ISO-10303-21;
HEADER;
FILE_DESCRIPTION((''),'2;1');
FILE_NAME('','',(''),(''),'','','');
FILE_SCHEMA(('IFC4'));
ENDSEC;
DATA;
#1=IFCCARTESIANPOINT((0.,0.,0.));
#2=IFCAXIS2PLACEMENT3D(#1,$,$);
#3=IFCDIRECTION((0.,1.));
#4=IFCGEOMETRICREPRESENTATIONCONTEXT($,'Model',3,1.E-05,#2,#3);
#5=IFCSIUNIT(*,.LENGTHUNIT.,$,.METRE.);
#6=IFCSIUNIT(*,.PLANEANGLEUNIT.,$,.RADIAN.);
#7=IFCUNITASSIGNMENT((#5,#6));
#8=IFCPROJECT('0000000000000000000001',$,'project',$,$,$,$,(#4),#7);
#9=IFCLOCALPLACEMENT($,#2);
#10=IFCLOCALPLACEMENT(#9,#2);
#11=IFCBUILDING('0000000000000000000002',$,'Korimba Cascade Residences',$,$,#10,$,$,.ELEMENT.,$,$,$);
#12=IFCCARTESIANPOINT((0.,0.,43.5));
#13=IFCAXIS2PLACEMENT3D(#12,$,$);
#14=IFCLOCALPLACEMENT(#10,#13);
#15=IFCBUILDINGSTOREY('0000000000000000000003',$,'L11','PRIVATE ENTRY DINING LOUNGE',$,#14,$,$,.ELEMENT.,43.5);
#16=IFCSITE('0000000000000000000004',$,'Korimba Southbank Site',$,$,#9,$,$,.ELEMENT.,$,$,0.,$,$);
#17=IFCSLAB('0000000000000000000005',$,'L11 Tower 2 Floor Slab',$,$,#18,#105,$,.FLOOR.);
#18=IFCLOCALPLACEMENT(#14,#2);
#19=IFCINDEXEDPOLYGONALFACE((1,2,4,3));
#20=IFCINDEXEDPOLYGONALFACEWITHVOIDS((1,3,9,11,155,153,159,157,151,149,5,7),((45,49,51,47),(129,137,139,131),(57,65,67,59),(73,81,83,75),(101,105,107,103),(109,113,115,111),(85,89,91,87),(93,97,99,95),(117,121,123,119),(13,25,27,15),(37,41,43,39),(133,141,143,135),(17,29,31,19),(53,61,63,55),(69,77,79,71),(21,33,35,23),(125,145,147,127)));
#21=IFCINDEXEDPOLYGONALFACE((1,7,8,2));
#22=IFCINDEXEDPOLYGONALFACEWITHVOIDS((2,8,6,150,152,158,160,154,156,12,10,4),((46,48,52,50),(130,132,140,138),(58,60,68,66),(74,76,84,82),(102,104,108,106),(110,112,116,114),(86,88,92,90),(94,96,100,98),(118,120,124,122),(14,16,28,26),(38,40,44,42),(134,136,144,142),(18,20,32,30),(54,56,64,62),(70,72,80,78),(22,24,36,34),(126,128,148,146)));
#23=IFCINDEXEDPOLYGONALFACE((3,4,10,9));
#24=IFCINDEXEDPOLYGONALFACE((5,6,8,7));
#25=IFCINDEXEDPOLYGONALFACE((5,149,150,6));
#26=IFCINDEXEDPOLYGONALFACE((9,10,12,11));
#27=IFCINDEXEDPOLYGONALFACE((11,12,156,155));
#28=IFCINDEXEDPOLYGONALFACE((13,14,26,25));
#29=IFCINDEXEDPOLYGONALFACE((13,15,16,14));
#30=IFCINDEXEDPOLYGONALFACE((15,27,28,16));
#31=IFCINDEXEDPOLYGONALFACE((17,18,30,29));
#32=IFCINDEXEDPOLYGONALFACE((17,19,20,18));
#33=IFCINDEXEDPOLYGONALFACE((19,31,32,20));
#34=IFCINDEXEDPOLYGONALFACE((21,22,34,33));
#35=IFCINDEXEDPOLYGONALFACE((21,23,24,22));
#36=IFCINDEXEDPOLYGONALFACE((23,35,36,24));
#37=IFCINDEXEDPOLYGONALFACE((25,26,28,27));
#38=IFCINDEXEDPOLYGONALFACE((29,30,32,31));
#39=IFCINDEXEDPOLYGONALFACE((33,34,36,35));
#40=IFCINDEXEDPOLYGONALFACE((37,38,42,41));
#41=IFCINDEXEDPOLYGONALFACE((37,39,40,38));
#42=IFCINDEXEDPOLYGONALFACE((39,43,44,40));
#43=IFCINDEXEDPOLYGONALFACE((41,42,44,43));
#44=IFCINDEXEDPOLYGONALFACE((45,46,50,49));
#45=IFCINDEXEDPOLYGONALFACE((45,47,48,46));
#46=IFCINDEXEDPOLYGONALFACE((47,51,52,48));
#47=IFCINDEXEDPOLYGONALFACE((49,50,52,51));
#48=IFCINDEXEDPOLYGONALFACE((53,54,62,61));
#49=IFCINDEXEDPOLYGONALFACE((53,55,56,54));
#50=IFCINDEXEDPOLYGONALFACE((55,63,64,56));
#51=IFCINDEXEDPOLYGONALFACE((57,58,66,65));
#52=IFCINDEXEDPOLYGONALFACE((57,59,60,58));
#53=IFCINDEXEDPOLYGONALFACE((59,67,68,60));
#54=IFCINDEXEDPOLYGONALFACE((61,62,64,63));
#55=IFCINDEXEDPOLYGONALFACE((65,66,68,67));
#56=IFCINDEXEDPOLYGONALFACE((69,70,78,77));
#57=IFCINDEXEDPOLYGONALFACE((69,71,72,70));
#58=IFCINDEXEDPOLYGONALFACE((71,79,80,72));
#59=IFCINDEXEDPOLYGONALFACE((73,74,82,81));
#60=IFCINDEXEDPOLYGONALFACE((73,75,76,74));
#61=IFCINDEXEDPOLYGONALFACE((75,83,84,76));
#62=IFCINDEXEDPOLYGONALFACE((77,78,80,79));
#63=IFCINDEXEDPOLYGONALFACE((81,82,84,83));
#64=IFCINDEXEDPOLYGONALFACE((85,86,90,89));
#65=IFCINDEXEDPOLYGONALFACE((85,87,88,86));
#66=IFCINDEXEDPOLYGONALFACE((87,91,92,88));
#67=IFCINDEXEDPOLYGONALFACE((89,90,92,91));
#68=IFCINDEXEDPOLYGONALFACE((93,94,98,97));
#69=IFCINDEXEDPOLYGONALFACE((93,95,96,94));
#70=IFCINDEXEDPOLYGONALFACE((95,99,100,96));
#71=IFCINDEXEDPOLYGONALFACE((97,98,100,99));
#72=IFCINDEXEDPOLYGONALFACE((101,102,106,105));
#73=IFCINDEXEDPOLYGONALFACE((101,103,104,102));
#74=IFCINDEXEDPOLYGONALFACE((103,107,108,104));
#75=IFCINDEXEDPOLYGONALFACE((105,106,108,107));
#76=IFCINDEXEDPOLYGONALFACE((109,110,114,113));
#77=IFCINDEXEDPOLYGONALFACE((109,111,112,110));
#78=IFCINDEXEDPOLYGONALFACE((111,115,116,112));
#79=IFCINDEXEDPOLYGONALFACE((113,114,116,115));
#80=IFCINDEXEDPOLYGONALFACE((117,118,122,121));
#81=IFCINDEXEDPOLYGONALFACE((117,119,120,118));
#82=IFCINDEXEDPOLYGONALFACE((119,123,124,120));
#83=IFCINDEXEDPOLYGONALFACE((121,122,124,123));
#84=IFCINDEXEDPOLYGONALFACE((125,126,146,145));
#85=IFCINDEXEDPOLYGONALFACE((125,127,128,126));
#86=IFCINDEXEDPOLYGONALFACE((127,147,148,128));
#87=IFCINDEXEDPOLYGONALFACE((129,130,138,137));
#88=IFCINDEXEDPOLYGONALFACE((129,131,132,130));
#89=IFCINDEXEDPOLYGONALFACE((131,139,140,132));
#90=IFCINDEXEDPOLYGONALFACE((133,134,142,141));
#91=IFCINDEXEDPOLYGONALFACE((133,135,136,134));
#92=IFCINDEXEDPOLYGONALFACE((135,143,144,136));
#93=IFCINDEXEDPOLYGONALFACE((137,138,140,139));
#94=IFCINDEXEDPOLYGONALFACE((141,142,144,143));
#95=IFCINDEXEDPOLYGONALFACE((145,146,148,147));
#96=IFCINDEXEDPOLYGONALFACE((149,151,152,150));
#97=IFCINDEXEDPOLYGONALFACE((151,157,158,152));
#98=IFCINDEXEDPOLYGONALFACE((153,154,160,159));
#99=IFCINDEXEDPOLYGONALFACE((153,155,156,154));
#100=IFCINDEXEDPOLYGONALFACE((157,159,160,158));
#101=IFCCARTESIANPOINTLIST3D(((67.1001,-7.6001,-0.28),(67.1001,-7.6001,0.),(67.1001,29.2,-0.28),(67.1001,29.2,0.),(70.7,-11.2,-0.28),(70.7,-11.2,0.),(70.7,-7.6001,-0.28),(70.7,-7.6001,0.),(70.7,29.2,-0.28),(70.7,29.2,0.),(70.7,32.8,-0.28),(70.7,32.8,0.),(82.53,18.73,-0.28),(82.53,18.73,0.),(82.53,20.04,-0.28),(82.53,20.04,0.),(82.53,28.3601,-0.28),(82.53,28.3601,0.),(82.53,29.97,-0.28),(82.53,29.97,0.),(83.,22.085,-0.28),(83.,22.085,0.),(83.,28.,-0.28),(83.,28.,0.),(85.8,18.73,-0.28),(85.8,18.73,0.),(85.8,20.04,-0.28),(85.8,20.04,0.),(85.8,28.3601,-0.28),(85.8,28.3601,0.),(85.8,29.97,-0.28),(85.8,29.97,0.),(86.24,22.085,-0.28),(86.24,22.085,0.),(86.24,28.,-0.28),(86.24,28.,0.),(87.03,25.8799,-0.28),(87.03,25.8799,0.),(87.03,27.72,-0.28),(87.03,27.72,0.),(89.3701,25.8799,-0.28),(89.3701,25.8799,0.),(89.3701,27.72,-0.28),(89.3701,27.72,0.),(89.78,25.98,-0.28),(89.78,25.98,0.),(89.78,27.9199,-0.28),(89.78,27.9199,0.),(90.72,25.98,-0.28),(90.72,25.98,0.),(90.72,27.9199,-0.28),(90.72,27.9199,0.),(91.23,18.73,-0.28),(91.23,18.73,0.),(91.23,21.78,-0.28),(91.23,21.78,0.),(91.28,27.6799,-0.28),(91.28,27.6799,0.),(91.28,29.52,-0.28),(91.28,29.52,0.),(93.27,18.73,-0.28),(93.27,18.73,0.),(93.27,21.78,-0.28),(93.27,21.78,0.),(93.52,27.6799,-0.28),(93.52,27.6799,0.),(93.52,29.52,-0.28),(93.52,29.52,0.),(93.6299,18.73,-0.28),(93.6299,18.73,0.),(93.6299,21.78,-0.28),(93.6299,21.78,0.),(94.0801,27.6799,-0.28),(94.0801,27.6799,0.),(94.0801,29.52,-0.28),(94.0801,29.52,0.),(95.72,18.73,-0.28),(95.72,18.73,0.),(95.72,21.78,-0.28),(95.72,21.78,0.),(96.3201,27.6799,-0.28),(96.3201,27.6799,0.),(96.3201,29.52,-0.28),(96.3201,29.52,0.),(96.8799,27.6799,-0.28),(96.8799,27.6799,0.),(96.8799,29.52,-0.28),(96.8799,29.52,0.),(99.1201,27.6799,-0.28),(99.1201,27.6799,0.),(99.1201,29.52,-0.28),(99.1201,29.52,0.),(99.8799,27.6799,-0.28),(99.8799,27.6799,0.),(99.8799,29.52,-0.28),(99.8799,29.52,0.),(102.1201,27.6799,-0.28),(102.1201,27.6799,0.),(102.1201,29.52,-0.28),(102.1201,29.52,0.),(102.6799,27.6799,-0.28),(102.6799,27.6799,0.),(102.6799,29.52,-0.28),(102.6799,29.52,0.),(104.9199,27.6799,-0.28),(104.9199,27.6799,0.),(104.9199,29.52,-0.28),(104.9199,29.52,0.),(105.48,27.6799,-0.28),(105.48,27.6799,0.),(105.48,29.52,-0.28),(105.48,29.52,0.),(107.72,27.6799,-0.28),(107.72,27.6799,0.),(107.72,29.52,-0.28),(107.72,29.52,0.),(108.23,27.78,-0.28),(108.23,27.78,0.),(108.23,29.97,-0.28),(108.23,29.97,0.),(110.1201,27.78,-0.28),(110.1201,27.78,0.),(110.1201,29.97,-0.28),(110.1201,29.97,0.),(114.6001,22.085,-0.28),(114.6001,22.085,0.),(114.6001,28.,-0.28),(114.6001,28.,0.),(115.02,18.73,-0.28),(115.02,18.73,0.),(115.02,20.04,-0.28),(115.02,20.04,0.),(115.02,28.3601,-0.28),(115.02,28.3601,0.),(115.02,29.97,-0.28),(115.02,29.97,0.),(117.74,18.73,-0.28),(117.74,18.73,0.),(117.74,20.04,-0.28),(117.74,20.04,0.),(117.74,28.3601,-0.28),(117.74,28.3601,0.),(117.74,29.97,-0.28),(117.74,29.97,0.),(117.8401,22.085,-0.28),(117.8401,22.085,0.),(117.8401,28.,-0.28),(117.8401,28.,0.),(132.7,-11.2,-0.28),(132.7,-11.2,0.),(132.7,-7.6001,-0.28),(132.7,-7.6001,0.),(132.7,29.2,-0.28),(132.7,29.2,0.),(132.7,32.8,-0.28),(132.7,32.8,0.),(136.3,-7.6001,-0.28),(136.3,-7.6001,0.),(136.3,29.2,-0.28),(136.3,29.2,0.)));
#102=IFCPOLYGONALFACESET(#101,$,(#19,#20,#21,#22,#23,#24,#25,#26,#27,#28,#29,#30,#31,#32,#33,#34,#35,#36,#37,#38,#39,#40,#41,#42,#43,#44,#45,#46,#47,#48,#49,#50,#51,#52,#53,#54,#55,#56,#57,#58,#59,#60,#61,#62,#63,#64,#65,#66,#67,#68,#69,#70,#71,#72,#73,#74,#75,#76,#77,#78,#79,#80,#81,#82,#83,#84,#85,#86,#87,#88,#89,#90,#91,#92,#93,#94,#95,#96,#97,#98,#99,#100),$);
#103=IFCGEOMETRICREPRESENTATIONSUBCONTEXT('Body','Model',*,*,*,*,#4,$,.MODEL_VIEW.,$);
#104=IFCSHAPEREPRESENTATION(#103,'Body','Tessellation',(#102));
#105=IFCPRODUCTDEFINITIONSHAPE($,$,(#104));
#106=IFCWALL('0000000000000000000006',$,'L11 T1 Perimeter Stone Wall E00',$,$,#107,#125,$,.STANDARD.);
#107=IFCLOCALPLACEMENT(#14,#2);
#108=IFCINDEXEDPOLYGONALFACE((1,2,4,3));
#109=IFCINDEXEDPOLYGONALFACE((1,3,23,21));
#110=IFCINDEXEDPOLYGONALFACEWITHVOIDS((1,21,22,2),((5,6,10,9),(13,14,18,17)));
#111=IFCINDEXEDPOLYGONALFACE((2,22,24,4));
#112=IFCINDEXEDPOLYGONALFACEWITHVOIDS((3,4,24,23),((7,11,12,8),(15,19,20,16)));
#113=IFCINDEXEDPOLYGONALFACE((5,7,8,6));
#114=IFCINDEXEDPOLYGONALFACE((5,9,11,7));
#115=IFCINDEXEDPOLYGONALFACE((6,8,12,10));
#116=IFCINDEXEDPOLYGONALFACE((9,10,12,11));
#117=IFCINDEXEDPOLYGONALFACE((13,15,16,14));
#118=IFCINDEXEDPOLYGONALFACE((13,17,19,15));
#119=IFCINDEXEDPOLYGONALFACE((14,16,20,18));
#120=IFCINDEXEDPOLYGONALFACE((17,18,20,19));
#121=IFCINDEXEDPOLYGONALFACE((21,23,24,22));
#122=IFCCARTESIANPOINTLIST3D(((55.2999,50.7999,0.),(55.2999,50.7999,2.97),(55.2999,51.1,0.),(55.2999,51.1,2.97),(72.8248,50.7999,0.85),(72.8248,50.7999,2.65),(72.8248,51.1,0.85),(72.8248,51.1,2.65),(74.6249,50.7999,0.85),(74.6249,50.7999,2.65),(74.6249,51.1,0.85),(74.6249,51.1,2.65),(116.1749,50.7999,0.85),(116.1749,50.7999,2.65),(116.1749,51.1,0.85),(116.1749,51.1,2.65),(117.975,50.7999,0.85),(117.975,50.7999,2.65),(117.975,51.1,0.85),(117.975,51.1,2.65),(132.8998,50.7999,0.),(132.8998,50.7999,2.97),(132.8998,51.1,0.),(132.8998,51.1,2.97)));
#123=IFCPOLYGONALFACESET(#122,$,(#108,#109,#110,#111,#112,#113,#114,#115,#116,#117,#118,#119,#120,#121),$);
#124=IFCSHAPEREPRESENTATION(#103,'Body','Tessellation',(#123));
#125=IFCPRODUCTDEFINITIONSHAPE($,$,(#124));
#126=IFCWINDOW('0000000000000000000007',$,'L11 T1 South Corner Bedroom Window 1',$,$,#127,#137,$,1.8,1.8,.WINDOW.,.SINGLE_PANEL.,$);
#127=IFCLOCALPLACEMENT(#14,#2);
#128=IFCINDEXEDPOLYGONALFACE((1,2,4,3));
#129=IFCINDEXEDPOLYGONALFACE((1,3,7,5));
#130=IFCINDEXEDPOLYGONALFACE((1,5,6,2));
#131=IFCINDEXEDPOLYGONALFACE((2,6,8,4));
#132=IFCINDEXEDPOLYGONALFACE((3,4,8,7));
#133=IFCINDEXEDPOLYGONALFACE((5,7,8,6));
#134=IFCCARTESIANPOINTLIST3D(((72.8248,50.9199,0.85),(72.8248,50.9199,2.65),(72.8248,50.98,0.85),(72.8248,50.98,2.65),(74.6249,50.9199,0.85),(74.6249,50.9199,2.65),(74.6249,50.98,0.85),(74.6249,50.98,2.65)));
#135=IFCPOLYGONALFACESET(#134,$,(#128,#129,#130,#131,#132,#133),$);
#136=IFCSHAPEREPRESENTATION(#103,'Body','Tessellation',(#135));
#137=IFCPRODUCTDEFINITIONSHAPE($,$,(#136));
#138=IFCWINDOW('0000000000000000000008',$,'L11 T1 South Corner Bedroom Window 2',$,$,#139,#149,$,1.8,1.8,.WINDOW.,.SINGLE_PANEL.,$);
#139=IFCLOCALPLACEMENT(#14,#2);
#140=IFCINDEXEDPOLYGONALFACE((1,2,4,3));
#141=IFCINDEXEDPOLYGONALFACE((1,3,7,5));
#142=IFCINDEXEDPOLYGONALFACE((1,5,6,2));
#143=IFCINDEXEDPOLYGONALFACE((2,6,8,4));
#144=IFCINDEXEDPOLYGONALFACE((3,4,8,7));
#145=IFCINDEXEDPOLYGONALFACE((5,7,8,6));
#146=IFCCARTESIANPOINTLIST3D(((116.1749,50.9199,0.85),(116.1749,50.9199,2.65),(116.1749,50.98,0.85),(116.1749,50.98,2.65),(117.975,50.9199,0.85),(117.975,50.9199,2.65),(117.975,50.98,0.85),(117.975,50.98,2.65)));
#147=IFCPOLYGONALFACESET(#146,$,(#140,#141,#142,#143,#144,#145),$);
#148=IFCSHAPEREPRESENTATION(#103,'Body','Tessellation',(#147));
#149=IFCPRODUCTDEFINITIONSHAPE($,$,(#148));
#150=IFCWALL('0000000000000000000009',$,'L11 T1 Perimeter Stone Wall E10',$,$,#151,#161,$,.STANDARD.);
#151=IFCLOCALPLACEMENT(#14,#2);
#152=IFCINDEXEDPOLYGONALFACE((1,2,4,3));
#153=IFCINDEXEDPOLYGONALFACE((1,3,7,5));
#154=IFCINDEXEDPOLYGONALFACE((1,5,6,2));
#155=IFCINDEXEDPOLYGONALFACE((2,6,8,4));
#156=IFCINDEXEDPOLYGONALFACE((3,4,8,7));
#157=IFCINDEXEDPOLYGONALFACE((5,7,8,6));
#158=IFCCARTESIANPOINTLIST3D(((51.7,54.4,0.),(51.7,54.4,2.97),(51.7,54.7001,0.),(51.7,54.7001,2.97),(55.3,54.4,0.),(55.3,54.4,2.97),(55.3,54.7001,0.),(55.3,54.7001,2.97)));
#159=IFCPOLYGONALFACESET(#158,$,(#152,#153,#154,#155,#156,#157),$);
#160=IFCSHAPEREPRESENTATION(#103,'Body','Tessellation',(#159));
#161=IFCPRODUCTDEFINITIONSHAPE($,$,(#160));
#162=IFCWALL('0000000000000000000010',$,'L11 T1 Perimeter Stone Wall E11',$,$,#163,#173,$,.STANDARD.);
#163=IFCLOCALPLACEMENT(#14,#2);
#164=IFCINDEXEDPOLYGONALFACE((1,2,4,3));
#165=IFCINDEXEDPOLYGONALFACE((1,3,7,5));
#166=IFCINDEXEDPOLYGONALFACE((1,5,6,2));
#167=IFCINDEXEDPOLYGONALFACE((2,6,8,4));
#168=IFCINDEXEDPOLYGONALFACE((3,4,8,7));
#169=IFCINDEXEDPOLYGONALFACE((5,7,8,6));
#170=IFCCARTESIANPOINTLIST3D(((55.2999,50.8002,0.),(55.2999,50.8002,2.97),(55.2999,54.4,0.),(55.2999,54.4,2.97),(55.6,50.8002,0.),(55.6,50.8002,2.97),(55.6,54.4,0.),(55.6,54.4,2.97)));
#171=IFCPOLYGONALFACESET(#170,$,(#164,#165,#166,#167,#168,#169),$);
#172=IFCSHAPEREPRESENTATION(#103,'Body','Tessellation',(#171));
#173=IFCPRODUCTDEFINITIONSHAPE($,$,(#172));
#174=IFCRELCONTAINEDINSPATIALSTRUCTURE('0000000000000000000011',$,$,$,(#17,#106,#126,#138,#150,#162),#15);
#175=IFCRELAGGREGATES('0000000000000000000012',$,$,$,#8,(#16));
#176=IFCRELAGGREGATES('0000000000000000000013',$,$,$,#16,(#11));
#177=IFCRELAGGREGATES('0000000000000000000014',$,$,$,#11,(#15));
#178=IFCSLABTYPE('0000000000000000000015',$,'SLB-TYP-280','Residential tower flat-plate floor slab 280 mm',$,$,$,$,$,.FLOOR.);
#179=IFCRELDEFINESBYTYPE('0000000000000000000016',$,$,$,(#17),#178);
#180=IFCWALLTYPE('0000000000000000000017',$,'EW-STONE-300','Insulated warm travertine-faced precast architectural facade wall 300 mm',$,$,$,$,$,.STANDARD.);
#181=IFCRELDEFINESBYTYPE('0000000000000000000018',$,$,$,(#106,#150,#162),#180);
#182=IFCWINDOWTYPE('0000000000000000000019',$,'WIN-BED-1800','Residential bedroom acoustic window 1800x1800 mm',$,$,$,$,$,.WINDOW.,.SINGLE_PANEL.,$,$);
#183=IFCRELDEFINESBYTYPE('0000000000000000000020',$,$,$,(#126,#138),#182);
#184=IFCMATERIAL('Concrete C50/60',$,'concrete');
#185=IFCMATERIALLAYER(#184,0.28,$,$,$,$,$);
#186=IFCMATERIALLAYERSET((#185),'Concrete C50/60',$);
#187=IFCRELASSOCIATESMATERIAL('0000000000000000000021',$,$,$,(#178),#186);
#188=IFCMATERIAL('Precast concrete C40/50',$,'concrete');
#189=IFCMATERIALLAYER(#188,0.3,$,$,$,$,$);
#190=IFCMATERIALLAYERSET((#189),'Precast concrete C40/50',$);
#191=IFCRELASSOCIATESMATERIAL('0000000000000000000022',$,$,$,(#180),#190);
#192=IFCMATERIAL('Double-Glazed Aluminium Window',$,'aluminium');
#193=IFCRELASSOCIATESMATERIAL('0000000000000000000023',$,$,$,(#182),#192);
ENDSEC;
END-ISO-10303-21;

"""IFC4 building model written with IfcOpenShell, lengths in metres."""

from ifc_helpers import new_model, si_unit, direction, frame, frame_2d, origin, place, context, subcontext, project, spatial, polyline, rectangle, outline, extrude, material, layer, layer_set, type_object, element, fill, save


model = new_model("IFC4")

# Units and contexts
model_context = context("Model", 3, precision=1e-05, world=origin(), true_north=direction((0.0, 1.0)))
body_context = subcontext(model_context, "Body", "Model", "MODEL_VIEW")
ifc_project = project(units=[si_unit("LENGTHUNIT", "METRE"), si_unit("PLANEANGLEUNIT", "RADIAN")], contexts=[model_context])

# Site, building, storey
site_placement = place(None, origin())
site = spatial("IfcSite", under=ifc_project, at=site_placement, Name="Korimba Southbank Site", CompositionType="ELEMENT", RefElevation=0.0)
building_placement = place(site_placement, origin())
building = spatial("IfcBuilding", under=site, at=building_placement, Name="Korimba Cascade Residences", CompositionType="ELEMENT")
storey_placement = place(building_placement, frame((0.0, 0.0, 43.5)))
storey = spatial("IfcBuildingStorey", under=building, at=storey_placement, Name="L11", Description="PRIVATE ENTRY DINING LOUNGE", CompositionType="ELEMENT", Elevation=43.5)

# Shared definitions
ifc_material_1 = material(Name="Concrete C50/60", Category="concrete")

# Slab
ifc_material_2 = material(Name="Precast concrete C40/50", Category="concrete")
ifc_layer_1 = layer(ifc_material_1, 0.28)
ifc_layer_set_1 = layer_set([ifc_layer_1], Name="Concrete C50/60")
slab_type_1 = type_object("IfcSlabType", Name="SLB-TYP-280", Description="Residential tower flat-plate floor slab 280 mm", PredefinedType="FLOOR", material=ifc_layer_set_1)
slab_1_placement = place(storey_placement, frame((0.0, 0.0, -0.28)))
element("IfcSlab", 1, at=slab_1_placement, inside=storey, type_object=slab_type_1, Name="L11 Tower 2 Floor Slab", PredefinedType="FLOOR", context=body_context, shape_type="SweptSolid", body=[
    extrude(outline(polyline([(70.7, -11.2), (132.7, -11.2), (132.7, -7.6001), (136.3, -7.6001), (136.3, 29.2), (132.7, 29.2), (132.7, 32.8), (70.7, 32.8), (70.7, 29.2), (67.1001, 29.2), (67.1001, -7.6001), (70.7, -7.6001), (70.7, -11.2)]), holes=[polyline([(86.24, 22.085), (86.24, 28.0), (83.0, 28.0), (83.0, 22.085), (86.24, 22.085)]), polyline([(117.8401, 22.085), (117.8401, 28.0), (114.6001, 28.0), (114.6001, 22.085), (117.8401, 22.085)]), polyline([(87.03, 25.8799), (89.3701, 25.8799), (89.3701, 27.72), (87.03, 27.72), (87.03, 25.8799)]), polyline([(91.28, 27.6799), (93.52, 27.6799), (93.52, 29.52), (91.28, 29.52), (91.28, 27.6799)]), polyline([(94.0801, 27.6799), (96.3201, 27.6799), (96.3201, 29.52), (94.0801, 29.52), (94.0801, 27.6799)]), polyline([(96.8799, 27.6799), (99.1201, 27.6799), (99.1201, 29.52), (96.8799, 29.52), (96.8799, 27.6799)]), polyline([(99.8799, 27.6799), (102.1201, 27.6799), (102.1201, 29.52), (99.8799, 29.52), (99.8799, 27.6799)]), polyline([(102.6799, 27.6799), (104.9199, 27.6799), (104.9199, 29.52), (102.6799, 29.52), (102.6799, 27.6799)]), polyline([(105.48, 27.6799), (107.72, 27.6799), (107.72, 29.52), (105.48, 29.52), (105.48, 27.6799)]), polyline([(89.78, 25.98), (90.72, 25.98), (90.72, 27.9199), (89.78, 27.9199), (89.78, 25.98)]), polyline([(82.53, 18.73), (85.8, 18.73), (85.8, 20.04), (82.53, 20.04), (82.53, 18.73)]), polyline([(82.53, 28.3601), (85.8, 28.3601), (85.8, 29.97), (82.53, 29.97), (82.53, 28.3601)]), polyline([(108.23, 27.78), (110.1201, 27.78), (110.1201, 29.97), (108.23, 29.97), (108.23, 27.78)]), polyline([(91.23, 18.73), (93.27, 18.73), (93.27, 21.78), (91.23, 21.78), (91.23, 18.73)]), polyline([(93.6299, 18.73), (95.72, 18.73), (95.72, 21.78), (93.6299, 21.78), (93.6299, 18.73)]), polyline([(115.02, 18.73), (117.74, 18.73), (117.74, 20.04), (115.02, 20.04), (115.02, 18.73)]), polyline([(115.02, 28.3601), (117.74, 28.3601), (117.74, 29.97), (115.02, 29.97), (115.02, 28.3601)])]), origin(), (0.0, 0.0, 1.0), 0.28),
])

# Wall, openings, windows
ifc_layer_2 = layer(ifc_material_2, 0.3)
ifc_layer_set_2 = layer_set([ifc_layer_2], Name="Precast concrete C40/50")
wall_type_1 = type_object("IfcWallType", Name="EW-STONE-300", Description="Insulated warm travertine-faced precast architectural facade wall 300 mm", PredefinedType="STANDARD", material=ifc_layer_set_2)
wall_1_placement = place(storey_placement, frame((55.3, 50.95, 0.0), z_axis=(0.0, 0.0, 1.0), x_axis=(1.0, 0.0, 0.0)))
wall_1 = element("IfcWall", 2, at=wall_1_placement, inside=storey, type_object=wall_type_1, Name="L11 T1 Perimeter Stone Wall E00", PredefinedType="STANDARD", context=body_context, shape_type="SweptSolid", body=[
    extrude(rectangle(XDim=77.5999, YDim=0.3, at=frame_2d((38.7998, 0.0))), origin(), (0.0, 0.0, 1.0), 2.97),
])
opening_1_placement = place(wall_1_placement, frame((17.5249, 0.0, 0.8501)))
opening_1 = element("IfcOpeningElement", 3, at=opening_1_placement, cuts=wall_1, PredefinedType="OPENING", context=body_context, shape_type="SweptSolid", body=[
    extrude(rectangle(XDim=1.8, YDim=1.8, at=frame_2d((0.8999, 0.8999))), frame((0.0, 0.1602, 0.0), z_axis=(0.0, -1.0, 0.0), x_axis=(1.0, 0.0, 0.0)), (0.0, 0.0, 1.0), 0.3201),
])
opening_2_placement = place(wall_1_placement, frame((60.875, 0.0, 0.8501)))
opening_2 = element("IfcOpeningElement", 4, at=opening_2_placement, cuts=wall_1, PredefinedType="OPENING", context=body_context, shape_type="SweptSolid", body=[
    extrude(rectangle(XDim=1.8, YDim=1.8, at=frame_2d((0.8999, 0.8999))), frame((0.0, 0.1602, 0.0), z_axis=(0.0, -1.0, 0.0), x_axis=(1.0, 0.0, 0.0)), (0.0, 0.0, 1.0), 0.3201),
])
ifc_material_3 = material(Name="Double-Glazed Aluminium Window", Category="aluminium")
window_type = type_object("IfcWindowType", Name="WIN-BED-1800", Description="Residential bedroom acoustic window 1800x1800 mm", PartitioningType="SINGLE_PANEL", PredefinedType="WINDOW", material=ifc_material_3)
window_1_placement = place(opening_1_placement, origin())
window_1 = element("IfcWindow", 5, at=window_1_placement, inside=storey, type_object=window_type, Name="L11 T1 South Corner Bedroom Window 1", OverallHeight=1.8, OverallWidth=1.8, PartitioningType="SINGLE_PANEL", PredefinedType="WINDOW", context=body_context, shape_type="SweptSolid", body=[
    extrude(rectangle(XDim=1.8, YDim=1.8, at=frame_2d((0.8999, 0.8999))), frame((0.0, 0.03, 0.0), z_axis=(0.0, -1.0, 0.0), x_axis=(1.0, 0.0, 0.0)), (0.0, 0.0, 1.0), 0.0601),
])
fill(opening_1, window_1)
window_2_placement = place(opening_2_placement, origin())
window_2 = element("IfcWindow", 6, at=window_2_placement, inside=storey, type_object=window_type, Name="L11 T1 South Corner Bedroom Window 2", OverallHeight=1.8, OverallWidth=1.8, PartitioningType="SINGLE_PANEL", PredefinedType="WINDOW", context=body_context, shape_type="SweptSolid", body=[
    extrude(rectangle(XDim=1.8, YDim=1.8, at=frame_2d((0.8999, 0.8999))), frame((0.0, 0.03, 0.0), z_axis=(0.0, -1.0, 0.0), x_axis=(1.0, 0.0, 0.0)), (0.0, 0.0, 1.0), 0.0601),
])
fill(opening_2, window_2)

# Walls
wall_2_placement = place(storey_placement, frame((51.7, 54.55, 0.0), z_axis=(0.0, 0.0, 1.0), x_axis=(1.0, 0.0, 0.0)))
element("IfcWall", 7, at=wall_2_placement, inside=storey, type_object=wall_type_1, Name="L11 T1 Perimeter Stone Wall E10", PredefinedType="STANDARD", context=body_context, shape_type="SweptSolid", body=[
    extrude(rectangle(XDim=3.6001, YDim=0.3, at=frame_2d((1.8, 0.0))), origin(), (0.0, 0.0, 1.0), 2.97),
])
wall_3_placement = place(storey_placement, frame((55.45, 54.3999, 0.0), z_axis=(0.0, 0.0, 1.0), x_axis=(0.0, -1.0, 0.0)))
element("IfcWall", 8, at=wall_3_placement, inside=storey, type_object=wall_type_1, Name="L11 T1 Perimeter Stone Wall E11", PredefinedType="STANDARD", context=body_context, shape_type="SweptSolid", body=[
    extrude(rectangle(XDim=3.5999, YDim=0.3, at=frame_2d((1.7998, 0.0))), origin(), (0.0, 0.0, 1.0), 2.97),
])

save(model, "model.ifc")
